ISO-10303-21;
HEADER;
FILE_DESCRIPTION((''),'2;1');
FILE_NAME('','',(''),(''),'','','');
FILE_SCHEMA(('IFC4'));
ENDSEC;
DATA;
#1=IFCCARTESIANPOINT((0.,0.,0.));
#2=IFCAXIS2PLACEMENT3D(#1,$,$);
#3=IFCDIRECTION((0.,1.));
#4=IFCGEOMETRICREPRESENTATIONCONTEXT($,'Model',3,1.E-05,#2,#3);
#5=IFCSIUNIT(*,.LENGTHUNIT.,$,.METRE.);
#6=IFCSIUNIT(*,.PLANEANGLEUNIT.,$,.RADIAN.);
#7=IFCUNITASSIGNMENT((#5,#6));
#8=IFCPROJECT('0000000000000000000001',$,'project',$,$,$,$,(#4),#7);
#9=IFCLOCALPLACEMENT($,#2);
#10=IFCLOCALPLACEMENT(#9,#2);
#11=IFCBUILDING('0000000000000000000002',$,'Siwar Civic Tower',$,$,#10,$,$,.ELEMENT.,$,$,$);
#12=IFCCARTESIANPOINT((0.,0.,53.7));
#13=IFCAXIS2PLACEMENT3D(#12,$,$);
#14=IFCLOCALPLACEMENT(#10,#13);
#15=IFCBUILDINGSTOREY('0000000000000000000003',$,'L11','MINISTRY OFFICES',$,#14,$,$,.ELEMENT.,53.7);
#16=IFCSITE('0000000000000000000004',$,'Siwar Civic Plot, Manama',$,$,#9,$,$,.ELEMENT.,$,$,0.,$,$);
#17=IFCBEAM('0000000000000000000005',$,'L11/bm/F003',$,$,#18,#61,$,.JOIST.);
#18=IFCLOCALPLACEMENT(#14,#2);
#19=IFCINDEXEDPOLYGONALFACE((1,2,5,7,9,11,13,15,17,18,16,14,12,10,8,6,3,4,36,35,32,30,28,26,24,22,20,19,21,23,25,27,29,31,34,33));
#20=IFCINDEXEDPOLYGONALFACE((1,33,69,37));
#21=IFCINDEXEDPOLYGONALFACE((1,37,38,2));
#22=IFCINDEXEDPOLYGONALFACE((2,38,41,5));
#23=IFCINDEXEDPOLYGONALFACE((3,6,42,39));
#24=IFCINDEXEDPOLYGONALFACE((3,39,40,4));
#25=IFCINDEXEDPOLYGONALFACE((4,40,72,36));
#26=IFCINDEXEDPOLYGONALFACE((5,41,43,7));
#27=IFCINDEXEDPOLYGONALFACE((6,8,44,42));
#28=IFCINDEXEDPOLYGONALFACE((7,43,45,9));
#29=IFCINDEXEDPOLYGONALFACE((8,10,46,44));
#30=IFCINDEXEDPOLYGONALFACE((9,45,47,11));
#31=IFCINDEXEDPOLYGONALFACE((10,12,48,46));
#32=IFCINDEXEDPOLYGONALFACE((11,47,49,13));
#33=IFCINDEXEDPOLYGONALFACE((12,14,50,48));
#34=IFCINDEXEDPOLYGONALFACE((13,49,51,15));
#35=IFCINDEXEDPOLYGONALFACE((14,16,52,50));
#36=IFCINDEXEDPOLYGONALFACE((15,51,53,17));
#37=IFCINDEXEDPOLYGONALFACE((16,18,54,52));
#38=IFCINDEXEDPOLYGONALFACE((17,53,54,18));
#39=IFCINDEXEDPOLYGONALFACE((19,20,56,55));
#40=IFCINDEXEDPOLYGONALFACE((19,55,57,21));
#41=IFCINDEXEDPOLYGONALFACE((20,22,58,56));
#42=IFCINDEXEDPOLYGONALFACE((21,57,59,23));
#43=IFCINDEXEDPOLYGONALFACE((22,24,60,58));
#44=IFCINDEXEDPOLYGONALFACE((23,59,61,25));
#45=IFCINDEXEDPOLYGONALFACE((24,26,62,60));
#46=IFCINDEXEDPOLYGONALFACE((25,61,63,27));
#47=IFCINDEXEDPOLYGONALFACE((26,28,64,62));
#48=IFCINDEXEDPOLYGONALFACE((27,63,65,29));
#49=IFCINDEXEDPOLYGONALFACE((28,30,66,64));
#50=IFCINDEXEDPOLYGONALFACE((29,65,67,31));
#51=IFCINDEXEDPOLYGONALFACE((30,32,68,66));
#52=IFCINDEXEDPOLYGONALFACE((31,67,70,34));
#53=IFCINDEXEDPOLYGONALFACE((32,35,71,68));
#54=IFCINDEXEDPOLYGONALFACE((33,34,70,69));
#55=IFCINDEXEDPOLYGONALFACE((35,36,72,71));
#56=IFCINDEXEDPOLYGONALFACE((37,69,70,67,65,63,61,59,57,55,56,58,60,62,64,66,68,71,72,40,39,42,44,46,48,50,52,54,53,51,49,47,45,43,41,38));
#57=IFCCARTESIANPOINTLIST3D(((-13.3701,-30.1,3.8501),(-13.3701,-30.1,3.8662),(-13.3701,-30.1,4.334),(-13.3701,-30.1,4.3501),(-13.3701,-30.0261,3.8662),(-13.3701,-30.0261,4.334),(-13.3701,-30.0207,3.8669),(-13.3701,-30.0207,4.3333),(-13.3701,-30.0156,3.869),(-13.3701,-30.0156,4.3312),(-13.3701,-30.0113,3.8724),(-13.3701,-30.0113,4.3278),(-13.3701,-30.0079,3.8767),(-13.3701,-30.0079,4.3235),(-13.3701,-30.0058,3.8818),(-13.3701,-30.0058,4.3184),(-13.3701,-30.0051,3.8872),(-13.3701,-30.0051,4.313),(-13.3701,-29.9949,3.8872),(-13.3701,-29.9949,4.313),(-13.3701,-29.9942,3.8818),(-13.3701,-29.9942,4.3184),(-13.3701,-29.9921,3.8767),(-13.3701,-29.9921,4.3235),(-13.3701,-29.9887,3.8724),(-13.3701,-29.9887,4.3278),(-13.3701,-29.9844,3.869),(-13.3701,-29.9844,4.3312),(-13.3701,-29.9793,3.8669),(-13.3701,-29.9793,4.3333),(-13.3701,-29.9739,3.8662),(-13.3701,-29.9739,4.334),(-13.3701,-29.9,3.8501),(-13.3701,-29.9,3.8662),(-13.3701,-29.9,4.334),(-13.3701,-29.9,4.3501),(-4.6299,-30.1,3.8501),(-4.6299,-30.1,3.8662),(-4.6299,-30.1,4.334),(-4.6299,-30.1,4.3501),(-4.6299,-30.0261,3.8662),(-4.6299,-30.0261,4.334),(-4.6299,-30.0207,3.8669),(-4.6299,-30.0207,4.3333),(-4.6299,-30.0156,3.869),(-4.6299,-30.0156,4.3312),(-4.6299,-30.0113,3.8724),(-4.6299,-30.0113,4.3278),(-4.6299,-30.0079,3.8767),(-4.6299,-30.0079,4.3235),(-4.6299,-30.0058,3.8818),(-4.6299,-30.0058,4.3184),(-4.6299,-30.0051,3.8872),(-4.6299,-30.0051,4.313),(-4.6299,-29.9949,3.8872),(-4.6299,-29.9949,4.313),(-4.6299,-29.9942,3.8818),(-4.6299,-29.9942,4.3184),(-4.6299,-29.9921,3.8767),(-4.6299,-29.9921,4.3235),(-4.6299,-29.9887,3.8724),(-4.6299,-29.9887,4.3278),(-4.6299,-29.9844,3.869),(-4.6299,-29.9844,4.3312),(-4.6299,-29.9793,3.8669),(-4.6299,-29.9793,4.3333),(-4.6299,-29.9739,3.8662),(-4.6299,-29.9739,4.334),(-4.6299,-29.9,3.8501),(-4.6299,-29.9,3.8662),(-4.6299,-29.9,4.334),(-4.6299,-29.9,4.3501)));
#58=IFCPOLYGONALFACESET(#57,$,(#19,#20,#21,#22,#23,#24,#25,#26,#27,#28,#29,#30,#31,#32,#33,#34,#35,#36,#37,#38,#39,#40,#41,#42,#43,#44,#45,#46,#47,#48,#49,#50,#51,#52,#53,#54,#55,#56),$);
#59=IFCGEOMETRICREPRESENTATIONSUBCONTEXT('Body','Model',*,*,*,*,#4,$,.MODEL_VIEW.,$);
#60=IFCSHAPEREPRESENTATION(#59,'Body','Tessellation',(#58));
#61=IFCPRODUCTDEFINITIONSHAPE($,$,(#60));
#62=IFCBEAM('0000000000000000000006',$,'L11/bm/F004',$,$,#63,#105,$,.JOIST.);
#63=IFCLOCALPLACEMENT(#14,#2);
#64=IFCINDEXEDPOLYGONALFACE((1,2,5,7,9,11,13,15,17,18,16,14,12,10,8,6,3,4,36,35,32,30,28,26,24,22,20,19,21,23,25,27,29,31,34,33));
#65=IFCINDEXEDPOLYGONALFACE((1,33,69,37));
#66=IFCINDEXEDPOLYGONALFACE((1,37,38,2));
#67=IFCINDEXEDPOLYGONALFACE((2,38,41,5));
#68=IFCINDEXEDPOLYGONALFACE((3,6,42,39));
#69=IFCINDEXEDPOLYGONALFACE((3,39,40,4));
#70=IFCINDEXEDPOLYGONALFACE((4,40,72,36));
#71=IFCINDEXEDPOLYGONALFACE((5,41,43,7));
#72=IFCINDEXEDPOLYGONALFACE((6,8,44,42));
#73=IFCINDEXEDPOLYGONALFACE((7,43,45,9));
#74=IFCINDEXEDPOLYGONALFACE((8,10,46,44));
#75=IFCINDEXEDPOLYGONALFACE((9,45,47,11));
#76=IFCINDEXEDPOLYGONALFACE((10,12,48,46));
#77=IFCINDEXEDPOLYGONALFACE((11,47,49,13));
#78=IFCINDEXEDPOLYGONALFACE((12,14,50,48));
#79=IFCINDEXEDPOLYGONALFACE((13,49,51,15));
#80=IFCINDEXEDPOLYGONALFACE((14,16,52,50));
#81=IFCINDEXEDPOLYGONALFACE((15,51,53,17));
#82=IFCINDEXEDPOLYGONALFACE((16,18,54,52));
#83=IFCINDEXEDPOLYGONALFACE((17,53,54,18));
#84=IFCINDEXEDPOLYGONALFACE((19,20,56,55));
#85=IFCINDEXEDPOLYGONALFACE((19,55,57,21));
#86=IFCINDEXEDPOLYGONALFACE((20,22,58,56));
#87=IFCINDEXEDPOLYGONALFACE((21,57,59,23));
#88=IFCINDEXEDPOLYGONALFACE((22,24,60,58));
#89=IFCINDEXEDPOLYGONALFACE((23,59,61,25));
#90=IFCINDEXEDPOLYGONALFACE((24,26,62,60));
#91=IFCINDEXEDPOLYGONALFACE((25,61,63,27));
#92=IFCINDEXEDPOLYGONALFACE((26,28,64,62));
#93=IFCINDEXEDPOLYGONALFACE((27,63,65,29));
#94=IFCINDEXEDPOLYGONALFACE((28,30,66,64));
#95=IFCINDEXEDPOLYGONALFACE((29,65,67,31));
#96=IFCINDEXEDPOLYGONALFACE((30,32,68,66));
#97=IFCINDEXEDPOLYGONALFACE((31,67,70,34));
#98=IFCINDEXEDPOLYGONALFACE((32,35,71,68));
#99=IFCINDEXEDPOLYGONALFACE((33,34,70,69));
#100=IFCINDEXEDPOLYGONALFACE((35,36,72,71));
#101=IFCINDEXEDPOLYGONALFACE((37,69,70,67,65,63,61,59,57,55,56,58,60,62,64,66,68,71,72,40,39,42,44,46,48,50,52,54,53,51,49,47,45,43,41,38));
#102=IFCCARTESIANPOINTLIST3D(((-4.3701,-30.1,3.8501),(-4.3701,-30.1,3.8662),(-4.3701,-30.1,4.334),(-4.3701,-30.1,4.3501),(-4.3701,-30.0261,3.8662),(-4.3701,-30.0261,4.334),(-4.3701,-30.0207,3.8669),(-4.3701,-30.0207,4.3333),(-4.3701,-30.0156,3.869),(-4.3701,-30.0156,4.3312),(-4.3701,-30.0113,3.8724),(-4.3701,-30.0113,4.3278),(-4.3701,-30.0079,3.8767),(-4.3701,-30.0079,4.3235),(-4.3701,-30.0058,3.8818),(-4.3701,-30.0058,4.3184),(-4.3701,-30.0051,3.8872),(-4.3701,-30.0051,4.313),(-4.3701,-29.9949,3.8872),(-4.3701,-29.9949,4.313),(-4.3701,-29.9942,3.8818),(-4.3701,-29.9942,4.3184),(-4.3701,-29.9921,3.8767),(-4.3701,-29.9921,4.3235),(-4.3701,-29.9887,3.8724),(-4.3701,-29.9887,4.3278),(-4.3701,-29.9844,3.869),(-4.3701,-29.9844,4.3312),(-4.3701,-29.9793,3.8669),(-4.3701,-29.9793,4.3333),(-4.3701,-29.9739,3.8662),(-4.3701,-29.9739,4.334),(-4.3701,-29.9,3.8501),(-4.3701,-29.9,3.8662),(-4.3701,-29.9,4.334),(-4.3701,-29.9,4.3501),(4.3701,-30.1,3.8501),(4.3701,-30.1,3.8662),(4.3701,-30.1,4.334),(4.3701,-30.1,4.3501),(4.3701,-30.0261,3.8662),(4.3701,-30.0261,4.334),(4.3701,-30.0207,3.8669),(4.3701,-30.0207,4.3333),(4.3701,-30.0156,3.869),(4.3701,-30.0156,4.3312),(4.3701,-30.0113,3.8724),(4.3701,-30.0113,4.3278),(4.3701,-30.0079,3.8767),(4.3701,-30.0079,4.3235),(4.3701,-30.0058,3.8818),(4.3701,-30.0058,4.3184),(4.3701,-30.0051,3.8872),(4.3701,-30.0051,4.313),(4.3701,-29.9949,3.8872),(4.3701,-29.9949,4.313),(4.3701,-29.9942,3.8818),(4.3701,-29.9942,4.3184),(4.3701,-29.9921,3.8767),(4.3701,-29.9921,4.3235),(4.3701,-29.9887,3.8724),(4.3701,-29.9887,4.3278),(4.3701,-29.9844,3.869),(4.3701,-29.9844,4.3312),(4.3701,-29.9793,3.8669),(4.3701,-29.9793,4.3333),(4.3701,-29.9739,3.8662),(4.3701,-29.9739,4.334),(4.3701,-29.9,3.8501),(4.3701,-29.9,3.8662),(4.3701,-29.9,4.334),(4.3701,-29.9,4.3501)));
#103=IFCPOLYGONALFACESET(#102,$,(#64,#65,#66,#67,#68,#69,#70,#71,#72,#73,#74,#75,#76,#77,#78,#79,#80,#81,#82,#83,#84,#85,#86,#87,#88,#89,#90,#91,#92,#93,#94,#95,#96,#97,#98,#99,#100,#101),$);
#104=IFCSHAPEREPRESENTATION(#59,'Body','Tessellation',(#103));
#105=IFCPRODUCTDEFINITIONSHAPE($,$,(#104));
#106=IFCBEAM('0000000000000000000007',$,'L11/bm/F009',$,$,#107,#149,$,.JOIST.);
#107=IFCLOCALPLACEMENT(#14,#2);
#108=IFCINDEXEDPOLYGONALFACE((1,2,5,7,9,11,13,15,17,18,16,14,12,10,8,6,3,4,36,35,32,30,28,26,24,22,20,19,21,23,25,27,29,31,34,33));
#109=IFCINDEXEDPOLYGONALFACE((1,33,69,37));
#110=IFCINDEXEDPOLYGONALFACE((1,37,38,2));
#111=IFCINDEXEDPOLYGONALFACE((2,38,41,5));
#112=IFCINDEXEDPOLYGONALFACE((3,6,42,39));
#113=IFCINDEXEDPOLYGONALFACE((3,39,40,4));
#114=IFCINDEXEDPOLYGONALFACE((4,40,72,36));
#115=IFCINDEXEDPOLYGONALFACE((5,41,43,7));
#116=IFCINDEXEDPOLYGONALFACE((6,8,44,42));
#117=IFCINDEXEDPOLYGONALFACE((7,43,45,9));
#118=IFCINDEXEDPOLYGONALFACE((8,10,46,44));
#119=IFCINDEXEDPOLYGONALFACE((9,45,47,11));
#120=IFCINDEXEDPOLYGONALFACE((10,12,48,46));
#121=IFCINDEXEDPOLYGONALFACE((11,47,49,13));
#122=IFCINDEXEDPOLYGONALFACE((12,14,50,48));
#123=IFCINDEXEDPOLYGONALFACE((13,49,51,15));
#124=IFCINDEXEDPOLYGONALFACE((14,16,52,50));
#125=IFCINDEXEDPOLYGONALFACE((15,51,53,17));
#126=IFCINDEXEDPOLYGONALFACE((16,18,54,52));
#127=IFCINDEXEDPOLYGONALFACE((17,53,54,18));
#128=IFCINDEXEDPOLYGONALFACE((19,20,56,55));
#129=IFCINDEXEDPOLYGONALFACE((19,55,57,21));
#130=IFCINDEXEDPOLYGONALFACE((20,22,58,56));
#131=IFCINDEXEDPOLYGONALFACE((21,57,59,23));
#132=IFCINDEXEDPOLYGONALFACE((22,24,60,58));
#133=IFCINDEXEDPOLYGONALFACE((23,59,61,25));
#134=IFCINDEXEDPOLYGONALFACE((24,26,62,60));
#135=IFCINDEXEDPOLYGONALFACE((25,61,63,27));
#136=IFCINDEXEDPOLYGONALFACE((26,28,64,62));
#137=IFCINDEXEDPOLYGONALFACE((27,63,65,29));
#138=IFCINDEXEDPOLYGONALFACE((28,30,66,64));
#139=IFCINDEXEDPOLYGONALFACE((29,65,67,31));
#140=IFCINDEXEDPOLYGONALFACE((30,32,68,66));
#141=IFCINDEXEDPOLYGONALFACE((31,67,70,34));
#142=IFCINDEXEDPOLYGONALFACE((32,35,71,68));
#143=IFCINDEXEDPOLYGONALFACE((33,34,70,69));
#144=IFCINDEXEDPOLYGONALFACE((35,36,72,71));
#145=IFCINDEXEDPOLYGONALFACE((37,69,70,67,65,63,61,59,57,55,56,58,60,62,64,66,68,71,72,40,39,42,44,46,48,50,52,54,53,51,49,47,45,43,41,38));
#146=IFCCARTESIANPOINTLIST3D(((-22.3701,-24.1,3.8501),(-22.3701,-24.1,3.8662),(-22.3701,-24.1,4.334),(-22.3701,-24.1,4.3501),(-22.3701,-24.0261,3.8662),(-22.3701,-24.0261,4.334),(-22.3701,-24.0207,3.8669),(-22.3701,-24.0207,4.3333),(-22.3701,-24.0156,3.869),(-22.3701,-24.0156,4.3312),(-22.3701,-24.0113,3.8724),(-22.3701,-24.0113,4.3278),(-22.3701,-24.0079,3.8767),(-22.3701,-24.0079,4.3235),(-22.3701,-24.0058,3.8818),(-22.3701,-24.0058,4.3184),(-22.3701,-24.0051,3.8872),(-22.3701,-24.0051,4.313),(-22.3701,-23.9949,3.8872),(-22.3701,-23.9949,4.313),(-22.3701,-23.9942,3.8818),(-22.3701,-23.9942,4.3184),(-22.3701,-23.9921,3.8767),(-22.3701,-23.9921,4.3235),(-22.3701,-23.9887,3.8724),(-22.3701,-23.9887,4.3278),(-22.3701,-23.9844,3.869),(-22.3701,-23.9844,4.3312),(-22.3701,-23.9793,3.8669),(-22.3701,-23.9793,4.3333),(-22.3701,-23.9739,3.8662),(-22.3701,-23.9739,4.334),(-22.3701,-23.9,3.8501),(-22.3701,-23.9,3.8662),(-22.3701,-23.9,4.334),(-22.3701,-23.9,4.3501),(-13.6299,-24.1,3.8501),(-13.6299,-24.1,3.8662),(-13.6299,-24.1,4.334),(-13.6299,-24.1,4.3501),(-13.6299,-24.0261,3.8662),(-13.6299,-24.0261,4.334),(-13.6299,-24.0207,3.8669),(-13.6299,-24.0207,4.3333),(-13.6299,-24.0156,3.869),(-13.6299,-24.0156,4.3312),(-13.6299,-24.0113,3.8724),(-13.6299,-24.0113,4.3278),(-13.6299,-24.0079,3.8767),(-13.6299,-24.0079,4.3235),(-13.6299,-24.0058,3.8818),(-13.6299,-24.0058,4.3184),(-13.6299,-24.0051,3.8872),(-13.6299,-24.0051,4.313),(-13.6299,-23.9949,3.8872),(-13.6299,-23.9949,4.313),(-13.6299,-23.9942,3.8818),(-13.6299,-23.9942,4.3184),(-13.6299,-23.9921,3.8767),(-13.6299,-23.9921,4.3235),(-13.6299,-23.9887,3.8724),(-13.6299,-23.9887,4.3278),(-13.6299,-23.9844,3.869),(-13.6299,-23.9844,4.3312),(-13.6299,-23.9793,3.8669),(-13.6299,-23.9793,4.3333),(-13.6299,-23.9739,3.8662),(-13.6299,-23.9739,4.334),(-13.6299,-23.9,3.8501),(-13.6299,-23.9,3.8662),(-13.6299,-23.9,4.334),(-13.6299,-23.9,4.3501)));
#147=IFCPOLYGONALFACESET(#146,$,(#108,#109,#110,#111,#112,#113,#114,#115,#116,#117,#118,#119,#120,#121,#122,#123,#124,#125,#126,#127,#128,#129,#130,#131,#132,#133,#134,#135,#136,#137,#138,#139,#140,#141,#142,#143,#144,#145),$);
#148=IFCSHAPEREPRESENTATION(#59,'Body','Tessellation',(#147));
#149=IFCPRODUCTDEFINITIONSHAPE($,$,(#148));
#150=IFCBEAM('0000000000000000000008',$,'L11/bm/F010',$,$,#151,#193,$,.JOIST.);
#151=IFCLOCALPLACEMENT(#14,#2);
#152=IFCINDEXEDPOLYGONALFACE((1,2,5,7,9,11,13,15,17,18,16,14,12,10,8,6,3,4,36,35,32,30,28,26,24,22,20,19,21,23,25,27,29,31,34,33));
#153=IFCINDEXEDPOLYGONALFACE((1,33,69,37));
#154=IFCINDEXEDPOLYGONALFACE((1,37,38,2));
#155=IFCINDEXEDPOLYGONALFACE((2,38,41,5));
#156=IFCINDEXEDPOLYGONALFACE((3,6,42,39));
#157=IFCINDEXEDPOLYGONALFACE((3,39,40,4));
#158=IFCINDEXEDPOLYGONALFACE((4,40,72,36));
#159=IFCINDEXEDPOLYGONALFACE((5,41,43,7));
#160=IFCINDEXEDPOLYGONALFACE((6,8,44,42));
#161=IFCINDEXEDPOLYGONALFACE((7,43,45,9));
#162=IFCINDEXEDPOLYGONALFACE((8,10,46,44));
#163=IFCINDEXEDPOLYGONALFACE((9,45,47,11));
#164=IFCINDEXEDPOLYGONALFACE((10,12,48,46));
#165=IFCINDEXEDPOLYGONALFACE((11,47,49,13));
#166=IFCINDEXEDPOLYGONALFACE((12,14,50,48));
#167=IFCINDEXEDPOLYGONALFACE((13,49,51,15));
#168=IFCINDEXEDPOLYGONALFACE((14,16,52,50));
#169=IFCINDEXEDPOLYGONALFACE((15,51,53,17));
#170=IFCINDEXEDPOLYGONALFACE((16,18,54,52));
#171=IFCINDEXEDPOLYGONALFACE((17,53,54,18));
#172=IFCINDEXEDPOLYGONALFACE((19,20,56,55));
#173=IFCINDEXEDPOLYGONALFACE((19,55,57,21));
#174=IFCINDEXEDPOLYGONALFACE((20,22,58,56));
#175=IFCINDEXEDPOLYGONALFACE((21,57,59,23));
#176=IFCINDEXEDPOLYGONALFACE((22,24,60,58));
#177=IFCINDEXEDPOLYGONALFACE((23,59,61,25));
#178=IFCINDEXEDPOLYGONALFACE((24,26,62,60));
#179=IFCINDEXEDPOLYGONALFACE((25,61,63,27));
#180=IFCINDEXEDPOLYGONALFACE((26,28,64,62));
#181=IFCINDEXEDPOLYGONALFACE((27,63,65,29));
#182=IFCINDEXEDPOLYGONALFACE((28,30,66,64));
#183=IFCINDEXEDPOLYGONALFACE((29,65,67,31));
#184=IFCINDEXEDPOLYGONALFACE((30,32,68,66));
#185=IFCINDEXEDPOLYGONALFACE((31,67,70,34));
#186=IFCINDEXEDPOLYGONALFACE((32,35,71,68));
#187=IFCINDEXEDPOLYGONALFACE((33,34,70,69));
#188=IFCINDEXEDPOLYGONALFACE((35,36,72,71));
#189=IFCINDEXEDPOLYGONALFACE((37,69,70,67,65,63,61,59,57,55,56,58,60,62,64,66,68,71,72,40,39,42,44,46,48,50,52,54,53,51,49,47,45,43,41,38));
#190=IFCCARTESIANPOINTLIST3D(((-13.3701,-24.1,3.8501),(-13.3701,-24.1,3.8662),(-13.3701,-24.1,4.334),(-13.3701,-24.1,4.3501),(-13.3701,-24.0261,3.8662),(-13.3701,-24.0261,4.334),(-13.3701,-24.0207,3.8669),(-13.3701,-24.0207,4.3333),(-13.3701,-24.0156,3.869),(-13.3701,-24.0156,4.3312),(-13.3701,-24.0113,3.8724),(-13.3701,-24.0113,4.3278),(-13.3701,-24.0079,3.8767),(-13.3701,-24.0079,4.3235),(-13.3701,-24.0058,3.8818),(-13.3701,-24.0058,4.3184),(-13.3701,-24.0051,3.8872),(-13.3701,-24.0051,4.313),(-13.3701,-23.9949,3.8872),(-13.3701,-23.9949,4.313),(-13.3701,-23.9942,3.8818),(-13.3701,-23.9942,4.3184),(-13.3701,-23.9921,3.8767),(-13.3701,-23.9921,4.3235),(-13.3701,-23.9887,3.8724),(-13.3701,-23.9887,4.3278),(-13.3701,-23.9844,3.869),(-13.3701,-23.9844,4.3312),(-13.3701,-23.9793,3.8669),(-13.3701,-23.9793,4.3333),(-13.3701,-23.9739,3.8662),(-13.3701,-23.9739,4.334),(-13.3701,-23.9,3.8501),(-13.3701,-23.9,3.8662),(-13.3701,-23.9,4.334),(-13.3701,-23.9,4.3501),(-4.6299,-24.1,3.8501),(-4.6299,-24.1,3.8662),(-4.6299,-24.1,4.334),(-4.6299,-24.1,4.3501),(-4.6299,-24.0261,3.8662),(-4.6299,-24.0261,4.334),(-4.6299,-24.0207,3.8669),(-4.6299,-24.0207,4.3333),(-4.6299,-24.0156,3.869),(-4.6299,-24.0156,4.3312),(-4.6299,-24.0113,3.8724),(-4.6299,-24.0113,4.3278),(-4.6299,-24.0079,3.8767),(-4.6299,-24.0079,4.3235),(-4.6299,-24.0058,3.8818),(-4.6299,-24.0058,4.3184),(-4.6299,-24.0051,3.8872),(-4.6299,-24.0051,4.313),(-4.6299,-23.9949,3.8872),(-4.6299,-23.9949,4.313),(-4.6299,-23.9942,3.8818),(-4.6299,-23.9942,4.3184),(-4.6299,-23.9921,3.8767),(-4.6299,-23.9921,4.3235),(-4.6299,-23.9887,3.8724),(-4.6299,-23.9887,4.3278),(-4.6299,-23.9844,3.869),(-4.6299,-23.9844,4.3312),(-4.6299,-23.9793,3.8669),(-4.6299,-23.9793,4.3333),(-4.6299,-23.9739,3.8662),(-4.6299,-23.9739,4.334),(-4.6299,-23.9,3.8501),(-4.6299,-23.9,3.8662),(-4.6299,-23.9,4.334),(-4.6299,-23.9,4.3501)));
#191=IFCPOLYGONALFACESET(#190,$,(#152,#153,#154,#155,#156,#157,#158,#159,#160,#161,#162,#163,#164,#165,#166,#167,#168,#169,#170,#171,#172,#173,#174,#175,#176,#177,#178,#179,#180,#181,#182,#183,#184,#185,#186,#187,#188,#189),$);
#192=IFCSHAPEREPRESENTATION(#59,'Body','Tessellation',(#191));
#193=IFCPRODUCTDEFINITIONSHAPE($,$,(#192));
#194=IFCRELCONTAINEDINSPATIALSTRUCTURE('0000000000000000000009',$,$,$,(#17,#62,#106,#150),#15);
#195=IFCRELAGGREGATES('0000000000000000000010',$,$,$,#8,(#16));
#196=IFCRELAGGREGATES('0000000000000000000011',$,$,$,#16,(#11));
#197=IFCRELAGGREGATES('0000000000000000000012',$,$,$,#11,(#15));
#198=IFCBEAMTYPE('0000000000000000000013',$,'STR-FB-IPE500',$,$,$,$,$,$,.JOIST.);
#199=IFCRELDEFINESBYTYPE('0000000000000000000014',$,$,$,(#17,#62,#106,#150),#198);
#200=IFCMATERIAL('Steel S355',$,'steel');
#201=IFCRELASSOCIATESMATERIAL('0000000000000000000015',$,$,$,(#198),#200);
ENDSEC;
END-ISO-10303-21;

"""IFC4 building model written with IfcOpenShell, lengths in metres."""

from ifc_helpers import new_model, si_unit, direction, frame, origin, origin_2d, place, context, subcontext, project, spatial, i_section, extrude, material, material_profile, profile_set, type_object, element, save


model = new_model("IFC4")

# Units and contexts
model_context = context("Model", 3, precision=1e-05, world=origin(), true_north=direction((0.0, 1.0)))
body_context = subcontext(model_context, "Body", "Model", "MODEL_VIEW")
ifc_project = project(units=[si_unit("LENGTHUNIT", "METRE"), si_unit("PLANEANGLEUNIT", "RADIAN")], contexts=[model_context])

# Site, building, storey
site_placement = place(None, origin())
site = spatial("IfcSite", under=ifc_project, at=site_placement, Name="Siwar Civic Plot, Manama", CompositionType="ELEMENT", RefElevation=0.0)
building_placement = place(site_placement, origin())
building = spatial("IfcBuilding", under=site, at=building_placement, Name="Siwar Civic Tower", CompositionType="ELEMENT")
storey_placement = place(building_placement, frame((0.0, 0.0, 53.7)))
storey = spatial("IfcBuildingStorey", under=building, at=storey_placement, Name="L11", Description="MINISTRY OFFICES", CompositionType="ELEMENT", Elevation=53.7)

# Beams
ifc_material_1 = material(Name="Steel S355", Category="steel")
ifc_material_profile_1 = material_profile(ifc_material_1, i_section(OverallWidth=0.2, OverallDepth=0.5, WebThickness=0.0103, FlangeThickness=0.0161, FilletRadius=0.021, at=origin_2d()), Name="IPE500")
ifc_profile_set_1 = profile_set([ifc_material_profile_1], Name="Steel S355")
beam_type_1 = type_object("IfcBeamType", Name="STR-FB-IPE500", PredefinedType="JOIST", material=ifc_profile_set_1)
for number, where, z_axis, x_axis, name in (
    (1, (-13.3701, -30.0, 4.1001), (1.0, 0.0, 0.0), (0.0, 1.0, 0.0), "L11/bm/F003"),
    (2, (-4.3701, -30.0, 4.1001), (1.0, 0.0, 0.0), (0.0, 1.0, 0.0), "L11/bm/F004"),
    (3, (-22.3701, -24.0, 4.1001), (1.0, 0.0, 0.0), (0.0, 1.0, 0.0), "L11/bm/F009"),
    (4, (-13.3701, -24.0, 4.1001), (1.0, 0.0, 0.0), (0.0, 1.0, 0.0), "L11/bm/F010"),
):
    element("IfcBeam", number, at=place(storey_placement, frame(where, z_axis=z_axis, x_axis=x_axis)), inside=storey, type_object=beam_type_1, Name=name, PredefinedType="JOIST", context=body_context, shape_type="SweptSolid", body=[
        extrude(i_section(OverallWidth=0.2, OverallDepth=0.5, WebThickness=0.0103, FlangeThickness=0.0161, FilletRadius=0.021, at=origin_2d()), origin(), (0.0, 0.0, 1.0), 8.7402),
    ])

save(model, "model.ifc")
